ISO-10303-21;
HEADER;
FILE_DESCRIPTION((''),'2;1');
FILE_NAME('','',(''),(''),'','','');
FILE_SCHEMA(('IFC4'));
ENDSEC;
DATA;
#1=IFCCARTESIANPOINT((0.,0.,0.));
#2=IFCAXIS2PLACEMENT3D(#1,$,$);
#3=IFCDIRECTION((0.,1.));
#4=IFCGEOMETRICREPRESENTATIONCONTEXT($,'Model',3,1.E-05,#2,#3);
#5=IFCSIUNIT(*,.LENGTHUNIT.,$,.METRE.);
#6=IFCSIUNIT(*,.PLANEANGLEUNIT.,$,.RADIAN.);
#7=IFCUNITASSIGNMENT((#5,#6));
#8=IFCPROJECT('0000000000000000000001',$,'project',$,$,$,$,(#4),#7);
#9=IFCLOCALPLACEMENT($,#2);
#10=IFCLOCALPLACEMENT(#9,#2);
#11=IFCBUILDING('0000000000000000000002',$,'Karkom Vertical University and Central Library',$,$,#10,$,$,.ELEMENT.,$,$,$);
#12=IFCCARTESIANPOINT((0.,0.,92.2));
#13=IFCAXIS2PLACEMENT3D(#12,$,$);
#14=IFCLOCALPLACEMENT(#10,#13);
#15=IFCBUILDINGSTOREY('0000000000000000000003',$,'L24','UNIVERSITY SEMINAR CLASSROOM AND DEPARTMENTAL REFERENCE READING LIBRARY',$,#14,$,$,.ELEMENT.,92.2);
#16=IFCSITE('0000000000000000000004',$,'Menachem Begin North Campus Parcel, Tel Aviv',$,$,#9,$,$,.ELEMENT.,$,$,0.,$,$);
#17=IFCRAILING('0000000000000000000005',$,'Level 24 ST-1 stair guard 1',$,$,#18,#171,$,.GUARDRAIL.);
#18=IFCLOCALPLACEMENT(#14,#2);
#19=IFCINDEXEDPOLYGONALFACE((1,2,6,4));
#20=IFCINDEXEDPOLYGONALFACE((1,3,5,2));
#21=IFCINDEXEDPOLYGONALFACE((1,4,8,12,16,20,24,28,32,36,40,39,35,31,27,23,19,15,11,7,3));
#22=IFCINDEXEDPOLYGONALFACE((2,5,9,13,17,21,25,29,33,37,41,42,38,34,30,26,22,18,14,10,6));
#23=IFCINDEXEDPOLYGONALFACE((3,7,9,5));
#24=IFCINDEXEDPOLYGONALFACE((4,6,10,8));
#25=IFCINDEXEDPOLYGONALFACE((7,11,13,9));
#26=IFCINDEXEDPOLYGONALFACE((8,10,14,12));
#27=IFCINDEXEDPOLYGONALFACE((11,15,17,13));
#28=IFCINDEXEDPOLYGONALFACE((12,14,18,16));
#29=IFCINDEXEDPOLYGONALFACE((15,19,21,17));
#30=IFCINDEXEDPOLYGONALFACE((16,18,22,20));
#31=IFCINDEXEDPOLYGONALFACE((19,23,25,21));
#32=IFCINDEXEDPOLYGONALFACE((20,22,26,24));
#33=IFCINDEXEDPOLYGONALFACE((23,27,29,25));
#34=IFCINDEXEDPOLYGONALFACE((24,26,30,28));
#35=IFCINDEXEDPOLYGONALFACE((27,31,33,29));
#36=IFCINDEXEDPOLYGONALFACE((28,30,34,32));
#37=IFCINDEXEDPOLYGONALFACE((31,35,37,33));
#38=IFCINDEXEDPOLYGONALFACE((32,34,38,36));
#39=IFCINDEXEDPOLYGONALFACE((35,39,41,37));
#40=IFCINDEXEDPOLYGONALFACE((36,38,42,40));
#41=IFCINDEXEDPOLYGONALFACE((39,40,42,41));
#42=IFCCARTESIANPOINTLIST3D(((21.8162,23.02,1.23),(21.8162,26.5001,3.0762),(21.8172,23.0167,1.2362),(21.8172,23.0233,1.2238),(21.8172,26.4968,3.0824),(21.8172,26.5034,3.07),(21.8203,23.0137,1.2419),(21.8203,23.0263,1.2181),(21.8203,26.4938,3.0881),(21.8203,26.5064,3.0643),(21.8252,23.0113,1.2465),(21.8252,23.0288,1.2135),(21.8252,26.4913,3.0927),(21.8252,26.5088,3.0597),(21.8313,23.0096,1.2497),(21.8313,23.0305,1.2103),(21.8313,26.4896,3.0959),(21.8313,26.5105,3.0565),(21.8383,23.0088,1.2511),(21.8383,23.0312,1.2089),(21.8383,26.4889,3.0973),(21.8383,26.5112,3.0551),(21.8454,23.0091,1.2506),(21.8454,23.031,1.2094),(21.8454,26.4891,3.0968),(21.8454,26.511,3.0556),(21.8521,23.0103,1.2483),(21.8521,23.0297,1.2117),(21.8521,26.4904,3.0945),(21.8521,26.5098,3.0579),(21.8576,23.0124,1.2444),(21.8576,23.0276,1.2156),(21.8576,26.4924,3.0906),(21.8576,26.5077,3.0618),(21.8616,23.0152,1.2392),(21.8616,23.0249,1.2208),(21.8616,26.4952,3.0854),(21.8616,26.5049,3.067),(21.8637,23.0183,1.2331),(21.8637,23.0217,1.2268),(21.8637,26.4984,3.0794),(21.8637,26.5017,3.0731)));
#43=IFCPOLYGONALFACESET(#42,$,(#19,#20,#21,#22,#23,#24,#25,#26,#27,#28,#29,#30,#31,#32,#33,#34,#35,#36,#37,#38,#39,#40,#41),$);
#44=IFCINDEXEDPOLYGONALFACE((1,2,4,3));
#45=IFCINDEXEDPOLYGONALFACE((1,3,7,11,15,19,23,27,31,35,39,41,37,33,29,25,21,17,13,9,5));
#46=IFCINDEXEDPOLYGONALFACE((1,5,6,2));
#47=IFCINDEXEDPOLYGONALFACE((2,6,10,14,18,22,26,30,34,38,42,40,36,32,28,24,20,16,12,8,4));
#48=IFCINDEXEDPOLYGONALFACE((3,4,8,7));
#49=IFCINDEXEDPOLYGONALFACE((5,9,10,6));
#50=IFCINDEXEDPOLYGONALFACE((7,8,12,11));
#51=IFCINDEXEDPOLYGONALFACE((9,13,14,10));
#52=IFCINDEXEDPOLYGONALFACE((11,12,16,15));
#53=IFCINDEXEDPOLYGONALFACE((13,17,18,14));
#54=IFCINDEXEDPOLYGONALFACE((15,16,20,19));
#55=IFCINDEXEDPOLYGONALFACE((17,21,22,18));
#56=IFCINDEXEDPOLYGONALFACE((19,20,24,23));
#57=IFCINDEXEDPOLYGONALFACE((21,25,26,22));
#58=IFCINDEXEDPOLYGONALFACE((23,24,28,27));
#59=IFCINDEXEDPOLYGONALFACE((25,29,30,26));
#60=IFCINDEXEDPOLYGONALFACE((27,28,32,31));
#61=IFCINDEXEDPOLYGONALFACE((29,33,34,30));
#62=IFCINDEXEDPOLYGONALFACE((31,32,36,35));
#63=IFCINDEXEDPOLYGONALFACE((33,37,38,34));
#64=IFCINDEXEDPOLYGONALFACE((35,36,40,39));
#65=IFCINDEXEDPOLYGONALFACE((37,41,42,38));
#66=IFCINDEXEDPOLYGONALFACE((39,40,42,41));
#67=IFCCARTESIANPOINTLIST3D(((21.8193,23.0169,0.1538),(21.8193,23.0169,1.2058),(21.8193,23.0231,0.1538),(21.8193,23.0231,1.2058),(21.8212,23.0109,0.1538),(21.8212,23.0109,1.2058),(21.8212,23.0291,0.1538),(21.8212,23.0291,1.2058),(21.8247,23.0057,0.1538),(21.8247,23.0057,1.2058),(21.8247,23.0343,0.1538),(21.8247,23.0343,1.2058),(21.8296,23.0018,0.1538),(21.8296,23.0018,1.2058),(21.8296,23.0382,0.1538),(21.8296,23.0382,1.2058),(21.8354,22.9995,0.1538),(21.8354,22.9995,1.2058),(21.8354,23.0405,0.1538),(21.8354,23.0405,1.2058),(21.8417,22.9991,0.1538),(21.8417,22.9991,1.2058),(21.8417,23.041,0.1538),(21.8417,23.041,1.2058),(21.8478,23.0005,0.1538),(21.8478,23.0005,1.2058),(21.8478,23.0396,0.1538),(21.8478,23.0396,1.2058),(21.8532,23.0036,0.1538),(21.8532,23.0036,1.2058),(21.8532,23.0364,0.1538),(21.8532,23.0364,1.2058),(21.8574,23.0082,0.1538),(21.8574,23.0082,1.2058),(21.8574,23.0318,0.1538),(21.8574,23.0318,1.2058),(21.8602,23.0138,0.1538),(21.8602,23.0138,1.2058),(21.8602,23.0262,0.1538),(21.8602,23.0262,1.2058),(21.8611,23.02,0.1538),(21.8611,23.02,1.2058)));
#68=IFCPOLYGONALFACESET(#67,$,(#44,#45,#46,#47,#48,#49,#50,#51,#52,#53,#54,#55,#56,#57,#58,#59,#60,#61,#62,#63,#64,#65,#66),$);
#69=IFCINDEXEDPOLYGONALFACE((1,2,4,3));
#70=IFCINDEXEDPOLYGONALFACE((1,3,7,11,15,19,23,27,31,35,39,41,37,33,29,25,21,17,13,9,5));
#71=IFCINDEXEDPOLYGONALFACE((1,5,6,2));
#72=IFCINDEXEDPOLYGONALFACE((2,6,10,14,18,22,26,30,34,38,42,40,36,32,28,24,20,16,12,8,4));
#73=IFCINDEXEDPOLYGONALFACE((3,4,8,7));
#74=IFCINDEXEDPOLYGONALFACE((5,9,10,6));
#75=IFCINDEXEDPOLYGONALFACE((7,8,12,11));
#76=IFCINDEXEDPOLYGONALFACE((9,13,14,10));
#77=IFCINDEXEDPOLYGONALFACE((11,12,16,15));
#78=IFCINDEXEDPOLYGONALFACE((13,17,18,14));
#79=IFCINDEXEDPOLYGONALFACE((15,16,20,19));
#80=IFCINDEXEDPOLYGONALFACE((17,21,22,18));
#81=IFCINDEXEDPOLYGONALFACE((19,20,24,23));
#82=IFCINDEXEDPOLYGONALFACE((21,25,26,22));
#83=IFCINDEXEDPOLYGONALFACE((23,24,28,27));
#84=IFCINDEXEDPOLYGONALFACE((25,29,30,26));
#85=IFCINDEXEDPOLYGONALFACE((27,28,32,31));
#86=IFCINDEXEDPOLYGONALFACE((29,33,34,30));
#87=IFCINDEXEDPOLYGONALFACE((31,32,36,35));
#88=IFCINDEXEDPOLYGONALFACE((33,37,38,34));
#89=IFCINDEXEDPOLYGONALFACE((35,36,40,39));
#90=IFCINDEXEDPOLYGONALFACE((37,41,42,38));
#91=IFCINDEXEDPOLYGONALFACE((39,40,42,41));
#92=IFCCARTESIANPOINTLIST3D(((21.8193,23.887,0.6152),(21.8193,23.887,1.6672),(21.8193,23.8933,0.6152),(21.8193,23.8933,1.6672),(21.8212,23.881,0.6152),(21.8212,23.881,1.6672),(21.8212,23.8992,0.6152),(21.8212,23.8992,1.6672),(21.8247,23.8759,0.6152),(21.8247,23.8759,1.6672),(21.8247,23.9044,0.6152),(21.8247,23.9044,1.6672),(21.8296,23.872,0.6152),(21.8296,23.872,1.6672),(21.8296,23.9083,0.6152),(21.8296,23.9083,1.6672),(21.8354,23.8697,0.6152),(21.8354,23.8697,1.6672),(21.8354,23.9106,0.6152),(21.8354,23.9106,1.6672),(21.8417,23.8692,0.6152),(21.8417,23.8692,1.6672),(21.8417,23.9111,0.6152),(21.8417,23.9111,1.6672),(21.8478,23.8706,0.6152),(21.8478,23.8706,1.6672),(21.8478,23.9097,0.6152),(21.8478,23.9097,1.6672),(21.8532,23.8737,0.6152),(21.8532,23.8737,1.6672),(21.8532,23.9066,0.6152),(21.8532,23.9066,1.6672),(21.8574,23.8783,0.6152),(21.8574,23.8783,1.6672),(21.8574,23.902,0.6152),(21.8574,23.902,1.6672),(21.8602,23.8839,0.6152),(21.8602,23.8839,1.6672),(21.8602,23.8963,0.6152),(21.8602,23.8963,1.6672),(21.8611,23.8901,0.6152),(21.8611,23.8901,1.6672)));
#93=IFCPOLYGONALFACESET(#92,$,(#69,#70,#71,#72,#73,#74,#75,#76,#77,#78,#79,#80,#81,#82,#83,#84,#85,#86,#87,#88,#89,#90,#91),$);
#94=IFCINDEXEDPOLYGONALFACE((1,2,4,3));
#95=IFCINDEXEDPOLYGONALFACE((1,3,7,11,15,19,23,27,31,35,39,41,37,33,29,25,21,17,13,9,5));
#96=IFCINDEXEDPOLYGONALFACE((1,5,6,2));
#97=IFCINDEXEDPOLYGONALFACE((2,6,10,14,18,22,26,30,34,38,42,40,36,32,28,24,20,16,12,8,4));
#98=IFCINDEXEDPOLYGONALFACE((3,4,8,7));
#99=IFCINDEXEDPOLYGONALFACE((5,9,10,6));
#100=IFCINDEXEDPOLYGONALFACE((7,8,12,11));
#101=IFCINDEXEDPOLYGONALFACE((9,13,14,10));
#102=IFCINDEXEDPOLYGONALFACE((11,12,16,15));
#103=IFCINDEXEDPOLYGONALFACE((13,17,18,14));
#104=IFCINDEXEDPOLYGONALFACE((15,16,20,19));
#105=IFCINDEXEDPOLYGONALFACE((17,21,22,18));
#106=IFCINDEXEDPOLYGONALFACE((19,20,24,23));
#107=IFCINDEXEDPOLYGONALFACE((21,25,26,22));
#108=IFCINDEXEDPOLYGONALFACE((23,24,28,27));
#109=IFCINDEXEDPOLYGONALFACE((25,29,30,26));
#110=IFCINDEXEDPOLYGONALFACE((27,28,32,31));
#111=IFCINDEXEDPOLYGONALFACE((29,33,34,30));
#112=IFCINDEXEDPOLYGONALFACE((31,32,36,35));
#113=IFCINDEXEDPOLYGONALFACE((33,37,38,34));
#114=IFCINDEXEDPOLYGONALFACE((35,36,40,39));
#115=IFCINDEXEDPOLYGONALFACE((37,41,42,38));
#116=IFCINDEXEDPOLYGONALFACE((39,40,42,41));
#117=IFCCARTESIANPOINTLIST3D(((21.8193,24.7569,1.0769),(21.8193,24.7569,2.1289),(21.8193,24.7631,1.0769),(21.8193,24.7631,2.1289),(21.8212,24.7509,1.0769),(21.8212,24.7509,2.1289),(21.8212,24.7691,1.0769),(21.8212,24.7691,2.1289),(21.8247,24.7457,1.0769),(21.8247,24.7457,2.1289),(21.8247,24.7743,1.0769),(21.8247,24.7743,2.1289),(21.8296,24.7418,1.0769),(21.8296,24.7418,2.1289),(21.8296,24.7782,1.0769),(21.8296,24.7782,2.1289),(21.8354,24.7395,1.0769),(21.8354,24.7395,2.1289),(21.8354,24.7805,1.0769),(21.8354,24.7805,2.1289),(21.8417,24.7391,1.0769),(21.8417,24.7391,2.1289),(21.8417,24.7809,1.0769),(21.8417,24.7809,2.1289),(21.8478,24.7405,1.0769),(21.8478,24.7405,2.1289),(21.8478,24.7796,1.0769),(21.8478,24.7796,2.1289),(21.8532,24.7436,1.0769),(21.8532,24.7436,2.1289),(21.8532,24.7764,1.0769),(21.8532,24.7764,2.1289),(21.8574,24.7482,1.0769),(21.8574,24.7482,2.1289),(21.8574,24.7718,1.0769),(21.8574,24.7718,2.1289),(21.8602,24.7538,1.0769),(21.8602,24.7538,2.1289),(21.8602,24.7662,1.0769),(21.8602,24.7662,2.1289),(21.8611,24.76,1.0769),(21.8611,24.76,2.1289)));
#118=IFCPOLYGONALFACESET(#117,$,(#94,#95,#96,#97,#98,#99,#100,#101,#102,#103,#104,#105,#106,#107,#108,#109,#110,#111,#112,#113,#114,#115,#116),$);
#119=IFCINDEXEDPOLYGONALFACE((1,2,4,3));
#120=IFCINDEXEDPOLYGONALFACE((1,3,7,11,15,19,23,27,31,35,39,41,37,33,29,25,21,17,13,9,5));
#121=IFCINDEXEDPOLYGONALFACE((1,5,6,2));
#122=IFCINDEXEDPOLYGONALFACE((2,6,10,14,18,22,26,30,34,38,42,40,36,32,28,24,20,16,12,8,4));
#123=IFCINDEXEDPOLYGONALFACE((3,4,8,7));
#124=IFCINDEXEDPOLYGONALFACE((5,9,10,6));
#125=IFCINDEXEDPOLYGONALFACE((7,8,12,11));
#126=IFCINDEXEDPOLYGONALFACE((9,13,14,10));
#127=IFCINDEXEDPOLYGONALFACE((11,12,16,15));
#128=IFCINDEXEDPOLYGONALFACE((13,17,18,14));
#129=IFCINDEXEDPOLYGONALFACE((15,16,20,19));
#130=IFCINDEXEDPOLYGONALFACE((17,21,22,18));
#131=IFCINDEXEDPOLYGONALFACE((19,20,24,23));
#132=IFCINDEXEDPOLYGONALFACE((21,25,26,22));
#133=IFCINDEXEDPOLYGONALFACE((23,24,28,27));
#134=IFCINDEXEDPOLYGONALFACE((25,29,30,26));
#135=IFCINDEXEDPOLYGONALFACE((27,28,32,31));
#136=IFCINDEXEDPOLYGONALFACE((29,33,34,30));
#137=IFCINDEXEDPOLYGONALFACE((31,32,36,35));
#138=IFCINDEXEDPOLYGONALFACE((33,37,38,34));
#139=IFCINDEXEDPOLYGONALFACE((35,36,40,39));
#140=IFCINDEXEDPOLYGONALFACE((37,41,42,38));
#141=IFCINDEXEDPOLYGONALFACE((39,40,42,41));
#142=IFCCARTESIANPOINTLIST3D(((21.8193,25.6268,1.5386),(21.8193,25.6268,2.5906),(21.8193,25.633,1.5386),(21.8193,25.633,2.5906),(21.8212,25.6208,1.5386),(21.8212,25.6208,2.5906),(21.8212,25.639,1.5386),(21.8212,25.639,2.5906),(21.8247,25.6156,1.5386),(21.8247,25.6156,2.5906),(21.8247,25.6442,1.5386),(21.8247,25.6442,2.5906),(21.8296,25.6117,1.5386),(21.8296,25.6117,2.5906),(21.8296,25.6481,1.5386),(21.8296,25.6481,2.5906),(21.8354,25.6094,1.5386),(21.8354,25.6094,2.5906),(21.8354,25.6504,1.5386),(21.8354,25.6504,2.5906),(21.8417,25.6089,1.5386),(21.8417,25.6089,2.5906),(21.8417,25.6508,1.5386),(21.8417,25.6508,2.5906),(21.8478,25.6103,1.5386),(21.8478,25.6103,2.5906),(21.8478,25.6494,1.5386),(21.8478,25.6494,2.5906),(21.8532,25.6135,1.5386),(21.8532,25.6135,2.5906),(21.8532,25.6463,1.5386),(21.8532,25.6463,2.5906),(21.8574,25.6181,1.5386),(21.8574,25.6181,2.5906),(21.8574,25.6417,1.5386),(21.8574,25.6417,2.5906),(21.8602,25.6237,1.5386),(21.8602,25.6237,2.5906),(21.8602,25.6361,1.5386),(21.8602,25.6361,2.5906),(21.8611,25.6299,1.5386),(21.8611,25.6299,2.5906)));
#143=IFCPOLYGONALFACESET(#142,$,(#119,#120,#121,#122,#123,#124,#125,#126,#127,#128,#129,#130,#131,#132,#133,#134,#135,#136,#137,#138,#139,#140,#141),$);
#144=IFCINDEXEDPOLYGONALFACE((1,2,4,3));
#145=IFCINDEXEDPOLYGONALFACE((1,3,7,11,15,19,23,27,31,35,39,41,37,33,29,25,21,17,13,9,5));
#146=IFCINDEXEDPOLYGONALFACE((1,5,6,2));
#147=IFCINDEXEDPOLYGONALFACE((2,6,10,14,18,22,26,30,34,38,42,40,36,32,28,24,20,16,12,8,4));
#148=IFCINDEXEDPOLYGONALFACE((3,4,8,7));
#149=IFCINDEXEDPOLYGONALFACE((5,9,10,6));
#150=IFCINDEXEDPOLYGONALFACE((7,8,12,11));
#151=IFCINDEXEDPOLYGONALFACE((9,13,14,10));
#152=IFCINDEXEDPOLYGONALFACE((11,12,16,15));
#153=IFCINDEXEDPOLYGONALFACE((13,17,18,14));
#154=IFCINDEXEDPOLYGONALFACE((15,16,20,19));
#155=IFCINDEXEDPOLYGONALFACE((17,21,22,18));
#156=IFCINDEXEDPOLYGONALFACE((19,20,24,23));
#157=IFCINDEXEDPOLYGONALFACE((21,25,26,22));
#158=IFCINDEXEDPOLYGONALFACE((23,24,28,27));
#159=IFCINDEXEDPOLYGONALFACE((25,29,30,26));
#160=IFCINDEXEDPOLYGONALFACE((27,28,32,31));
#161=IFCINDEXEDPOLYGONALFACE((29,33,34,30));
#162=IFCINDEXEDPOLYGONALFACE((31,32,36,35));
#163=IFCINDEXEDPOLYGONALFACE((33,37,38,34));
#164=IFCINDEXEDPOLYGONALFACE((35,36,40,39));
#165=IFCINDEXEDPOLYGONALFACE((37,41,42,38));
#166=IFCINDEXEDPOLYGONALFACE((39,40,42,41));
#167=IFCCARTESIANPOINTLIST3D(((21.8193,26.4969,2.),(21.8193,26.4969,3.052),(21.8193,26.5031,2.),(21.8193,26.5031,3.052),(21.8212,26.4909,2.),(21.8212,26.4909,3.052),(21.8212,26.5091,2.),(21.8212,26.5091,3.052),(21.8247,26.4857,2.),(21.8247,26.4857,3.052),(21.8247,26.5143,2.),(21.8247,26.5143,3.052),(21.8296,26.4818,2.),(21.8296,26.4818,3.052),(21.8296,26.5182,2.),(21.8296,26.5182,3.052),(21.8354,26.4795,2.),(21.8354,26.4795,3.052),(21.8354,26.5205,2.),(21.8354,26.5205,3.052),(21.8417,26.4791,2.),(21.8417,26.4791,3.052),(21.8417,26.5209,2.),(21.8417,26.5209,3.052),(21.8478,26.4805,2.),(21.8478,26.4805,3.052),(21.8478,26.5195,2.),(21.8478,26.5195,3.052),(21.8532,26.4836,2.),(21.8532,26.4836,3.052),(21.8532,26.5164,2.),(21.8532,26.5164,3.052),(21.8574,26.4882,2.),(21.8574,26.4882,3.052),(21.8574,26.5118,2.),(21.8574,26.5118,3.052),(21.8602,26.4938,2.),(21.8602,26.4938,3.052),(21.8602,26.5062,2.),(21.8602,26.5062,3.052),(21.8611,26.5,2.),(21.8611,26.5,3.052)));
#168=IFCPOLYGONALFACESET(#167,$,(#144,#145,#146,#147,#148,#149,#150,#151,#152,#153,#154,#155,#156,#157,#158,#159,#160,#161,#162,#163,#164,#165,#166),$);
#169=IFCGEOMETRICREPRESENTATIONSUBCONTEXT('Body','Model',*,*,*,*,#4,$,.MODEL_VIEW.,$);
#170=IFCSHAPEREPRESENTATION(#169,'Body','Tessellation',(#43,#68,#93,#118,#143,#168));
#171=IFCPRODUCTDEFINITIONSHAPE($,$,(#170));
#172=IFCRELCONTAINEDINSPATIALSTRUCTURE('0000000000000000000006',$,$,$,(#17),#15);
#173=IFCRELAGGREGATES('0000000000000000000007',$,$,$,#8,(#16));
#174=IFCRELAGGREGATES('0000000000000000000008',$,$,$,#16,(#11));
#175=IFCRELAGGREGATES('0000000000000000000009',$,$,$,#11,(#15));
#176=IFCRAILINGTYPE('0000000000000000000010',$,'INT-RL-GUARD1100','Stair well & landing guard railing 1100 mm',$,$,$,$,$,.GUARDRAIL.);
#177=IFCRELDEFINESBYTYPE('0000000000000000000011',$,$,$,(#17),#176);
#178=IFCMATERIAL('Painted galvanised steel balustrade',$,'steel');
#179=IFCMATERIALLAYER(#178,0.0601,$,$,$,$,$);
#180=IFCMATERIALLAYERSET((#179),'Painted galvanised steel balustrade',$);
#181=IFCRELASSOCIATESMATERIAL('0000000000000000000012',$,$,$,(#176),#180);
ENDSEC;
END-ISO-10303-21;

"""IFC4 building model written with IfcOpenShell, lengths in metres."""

from ifc_helpers import new_model, si_unit, direction, frame, origin, origin_2d, place, context, subcontext, project, spatial, circle, extrude, material, layer, layer_set, type_object, element, save


model = new_model("IFC4")

# Units and contexts
model_context = context("Model", 3, precision=1e-05, world=origin(), true_north=direction((0.0, 1.0)))
body_context = subcontext(model_context, "Body", "Model", "MODEL_VIEW")
ifc_project = project(units=[si_unit("LENGTHUNIT", "METRE"), si_unit("PLANEANGLEUNIT", "RADIAN")], contexts=[model_context])

# Site, building, storey
site_placement = place(None, origin())
site = spatial("IfcSite", under=ifc_project, at=site_placement, Name="Menachem Begin North Campus Parcel, Tel Aviv", CompositionType="ELEMENT", RefElevation=0.0)
building_placement = place(site_placement, origin())
building = spatial("IfcBuilding", under=site, at=building_placement, Name="Karkom Vertical University and Central Library", CompositionType="ELEMENT")
storey_placement = place(building_placement, frame((0.0, 0.0, 92.2)))
storey = spatial("IfcBuildingStorey", under=building, at=storey_placement, Name="L24", Description="UNIVERSITY SEMINAR CLASSROOM AND DEPARTMENTAL REFERENCE READING LIBRARY", CompositionType="ELEMENT", Elevation=92.2)

# Railing
ifc_material_1 = material(Name="Painted galvanised steel balustrade", Category="steel")
ifc_layer_1 = layer(ifc_material_1, 0.0601)
ifc_layer_set_1 = layer_set([ifc_layer_1], Name="Painted galvanised steel balustrade")
railing_type_1 = type_object("IfcRailingType", Name="INT-RL-GUARD1100", Description="Stair well & landing guard railing 1100 mm", PredefinedType="GUARDRAIL", material=ifc_layer_set_1)
railing_1_placement = place(storey_placement, frame((21.8401, 23.02, 0.1538)))
element("IfcRailing", 1, at=railing_1_placement, inside=storey, type_object=railing_type_1, Name="Level 24 ST-1 stair guard 1", PredefinedType="GUARDRAIL", context=body_context, shape_type="SweptSolid", body=[
    extrude(circle(Radius=0.0239, at=origin_2d()), frame((0.0, 0.0, 1.0762), z_axis=(0.0, 0.883384, 0.468651), x_axis=(-1.0, 0.0, 0.0)), (0.0, 0.0, 1.0), 3.9395),
    extrude(circle(Radius=0.021, at=origin_2d()), origin(), (0.0, 0.0, 1.0), 1.052),
    extrude(circle(Radius=0.021, at=origin_2d()), frame((0.0, 0.8701, 0.4614)), (0.0, 0.0, 1.0), 1.052),
    extrude(circle(Radius=0.021, at=origin_2d()), frame((0.0, 1.74, 0.9231)), (0.0, 0.0, 1.0), 1.052),
    extrude(circle(Radius=0.021, at=origin_2d()), frame((0.0, 2.6099, 1.3848)), (0.0, 0.0, 1.0), 1.052),
    extrude(circle(Radius=0.021, at=origin_2d()), frame((0.0, 3.48, 1.8462)), (0.0, 0.0, 1.0), 1.052),
])

save(model, "model.ifc")
